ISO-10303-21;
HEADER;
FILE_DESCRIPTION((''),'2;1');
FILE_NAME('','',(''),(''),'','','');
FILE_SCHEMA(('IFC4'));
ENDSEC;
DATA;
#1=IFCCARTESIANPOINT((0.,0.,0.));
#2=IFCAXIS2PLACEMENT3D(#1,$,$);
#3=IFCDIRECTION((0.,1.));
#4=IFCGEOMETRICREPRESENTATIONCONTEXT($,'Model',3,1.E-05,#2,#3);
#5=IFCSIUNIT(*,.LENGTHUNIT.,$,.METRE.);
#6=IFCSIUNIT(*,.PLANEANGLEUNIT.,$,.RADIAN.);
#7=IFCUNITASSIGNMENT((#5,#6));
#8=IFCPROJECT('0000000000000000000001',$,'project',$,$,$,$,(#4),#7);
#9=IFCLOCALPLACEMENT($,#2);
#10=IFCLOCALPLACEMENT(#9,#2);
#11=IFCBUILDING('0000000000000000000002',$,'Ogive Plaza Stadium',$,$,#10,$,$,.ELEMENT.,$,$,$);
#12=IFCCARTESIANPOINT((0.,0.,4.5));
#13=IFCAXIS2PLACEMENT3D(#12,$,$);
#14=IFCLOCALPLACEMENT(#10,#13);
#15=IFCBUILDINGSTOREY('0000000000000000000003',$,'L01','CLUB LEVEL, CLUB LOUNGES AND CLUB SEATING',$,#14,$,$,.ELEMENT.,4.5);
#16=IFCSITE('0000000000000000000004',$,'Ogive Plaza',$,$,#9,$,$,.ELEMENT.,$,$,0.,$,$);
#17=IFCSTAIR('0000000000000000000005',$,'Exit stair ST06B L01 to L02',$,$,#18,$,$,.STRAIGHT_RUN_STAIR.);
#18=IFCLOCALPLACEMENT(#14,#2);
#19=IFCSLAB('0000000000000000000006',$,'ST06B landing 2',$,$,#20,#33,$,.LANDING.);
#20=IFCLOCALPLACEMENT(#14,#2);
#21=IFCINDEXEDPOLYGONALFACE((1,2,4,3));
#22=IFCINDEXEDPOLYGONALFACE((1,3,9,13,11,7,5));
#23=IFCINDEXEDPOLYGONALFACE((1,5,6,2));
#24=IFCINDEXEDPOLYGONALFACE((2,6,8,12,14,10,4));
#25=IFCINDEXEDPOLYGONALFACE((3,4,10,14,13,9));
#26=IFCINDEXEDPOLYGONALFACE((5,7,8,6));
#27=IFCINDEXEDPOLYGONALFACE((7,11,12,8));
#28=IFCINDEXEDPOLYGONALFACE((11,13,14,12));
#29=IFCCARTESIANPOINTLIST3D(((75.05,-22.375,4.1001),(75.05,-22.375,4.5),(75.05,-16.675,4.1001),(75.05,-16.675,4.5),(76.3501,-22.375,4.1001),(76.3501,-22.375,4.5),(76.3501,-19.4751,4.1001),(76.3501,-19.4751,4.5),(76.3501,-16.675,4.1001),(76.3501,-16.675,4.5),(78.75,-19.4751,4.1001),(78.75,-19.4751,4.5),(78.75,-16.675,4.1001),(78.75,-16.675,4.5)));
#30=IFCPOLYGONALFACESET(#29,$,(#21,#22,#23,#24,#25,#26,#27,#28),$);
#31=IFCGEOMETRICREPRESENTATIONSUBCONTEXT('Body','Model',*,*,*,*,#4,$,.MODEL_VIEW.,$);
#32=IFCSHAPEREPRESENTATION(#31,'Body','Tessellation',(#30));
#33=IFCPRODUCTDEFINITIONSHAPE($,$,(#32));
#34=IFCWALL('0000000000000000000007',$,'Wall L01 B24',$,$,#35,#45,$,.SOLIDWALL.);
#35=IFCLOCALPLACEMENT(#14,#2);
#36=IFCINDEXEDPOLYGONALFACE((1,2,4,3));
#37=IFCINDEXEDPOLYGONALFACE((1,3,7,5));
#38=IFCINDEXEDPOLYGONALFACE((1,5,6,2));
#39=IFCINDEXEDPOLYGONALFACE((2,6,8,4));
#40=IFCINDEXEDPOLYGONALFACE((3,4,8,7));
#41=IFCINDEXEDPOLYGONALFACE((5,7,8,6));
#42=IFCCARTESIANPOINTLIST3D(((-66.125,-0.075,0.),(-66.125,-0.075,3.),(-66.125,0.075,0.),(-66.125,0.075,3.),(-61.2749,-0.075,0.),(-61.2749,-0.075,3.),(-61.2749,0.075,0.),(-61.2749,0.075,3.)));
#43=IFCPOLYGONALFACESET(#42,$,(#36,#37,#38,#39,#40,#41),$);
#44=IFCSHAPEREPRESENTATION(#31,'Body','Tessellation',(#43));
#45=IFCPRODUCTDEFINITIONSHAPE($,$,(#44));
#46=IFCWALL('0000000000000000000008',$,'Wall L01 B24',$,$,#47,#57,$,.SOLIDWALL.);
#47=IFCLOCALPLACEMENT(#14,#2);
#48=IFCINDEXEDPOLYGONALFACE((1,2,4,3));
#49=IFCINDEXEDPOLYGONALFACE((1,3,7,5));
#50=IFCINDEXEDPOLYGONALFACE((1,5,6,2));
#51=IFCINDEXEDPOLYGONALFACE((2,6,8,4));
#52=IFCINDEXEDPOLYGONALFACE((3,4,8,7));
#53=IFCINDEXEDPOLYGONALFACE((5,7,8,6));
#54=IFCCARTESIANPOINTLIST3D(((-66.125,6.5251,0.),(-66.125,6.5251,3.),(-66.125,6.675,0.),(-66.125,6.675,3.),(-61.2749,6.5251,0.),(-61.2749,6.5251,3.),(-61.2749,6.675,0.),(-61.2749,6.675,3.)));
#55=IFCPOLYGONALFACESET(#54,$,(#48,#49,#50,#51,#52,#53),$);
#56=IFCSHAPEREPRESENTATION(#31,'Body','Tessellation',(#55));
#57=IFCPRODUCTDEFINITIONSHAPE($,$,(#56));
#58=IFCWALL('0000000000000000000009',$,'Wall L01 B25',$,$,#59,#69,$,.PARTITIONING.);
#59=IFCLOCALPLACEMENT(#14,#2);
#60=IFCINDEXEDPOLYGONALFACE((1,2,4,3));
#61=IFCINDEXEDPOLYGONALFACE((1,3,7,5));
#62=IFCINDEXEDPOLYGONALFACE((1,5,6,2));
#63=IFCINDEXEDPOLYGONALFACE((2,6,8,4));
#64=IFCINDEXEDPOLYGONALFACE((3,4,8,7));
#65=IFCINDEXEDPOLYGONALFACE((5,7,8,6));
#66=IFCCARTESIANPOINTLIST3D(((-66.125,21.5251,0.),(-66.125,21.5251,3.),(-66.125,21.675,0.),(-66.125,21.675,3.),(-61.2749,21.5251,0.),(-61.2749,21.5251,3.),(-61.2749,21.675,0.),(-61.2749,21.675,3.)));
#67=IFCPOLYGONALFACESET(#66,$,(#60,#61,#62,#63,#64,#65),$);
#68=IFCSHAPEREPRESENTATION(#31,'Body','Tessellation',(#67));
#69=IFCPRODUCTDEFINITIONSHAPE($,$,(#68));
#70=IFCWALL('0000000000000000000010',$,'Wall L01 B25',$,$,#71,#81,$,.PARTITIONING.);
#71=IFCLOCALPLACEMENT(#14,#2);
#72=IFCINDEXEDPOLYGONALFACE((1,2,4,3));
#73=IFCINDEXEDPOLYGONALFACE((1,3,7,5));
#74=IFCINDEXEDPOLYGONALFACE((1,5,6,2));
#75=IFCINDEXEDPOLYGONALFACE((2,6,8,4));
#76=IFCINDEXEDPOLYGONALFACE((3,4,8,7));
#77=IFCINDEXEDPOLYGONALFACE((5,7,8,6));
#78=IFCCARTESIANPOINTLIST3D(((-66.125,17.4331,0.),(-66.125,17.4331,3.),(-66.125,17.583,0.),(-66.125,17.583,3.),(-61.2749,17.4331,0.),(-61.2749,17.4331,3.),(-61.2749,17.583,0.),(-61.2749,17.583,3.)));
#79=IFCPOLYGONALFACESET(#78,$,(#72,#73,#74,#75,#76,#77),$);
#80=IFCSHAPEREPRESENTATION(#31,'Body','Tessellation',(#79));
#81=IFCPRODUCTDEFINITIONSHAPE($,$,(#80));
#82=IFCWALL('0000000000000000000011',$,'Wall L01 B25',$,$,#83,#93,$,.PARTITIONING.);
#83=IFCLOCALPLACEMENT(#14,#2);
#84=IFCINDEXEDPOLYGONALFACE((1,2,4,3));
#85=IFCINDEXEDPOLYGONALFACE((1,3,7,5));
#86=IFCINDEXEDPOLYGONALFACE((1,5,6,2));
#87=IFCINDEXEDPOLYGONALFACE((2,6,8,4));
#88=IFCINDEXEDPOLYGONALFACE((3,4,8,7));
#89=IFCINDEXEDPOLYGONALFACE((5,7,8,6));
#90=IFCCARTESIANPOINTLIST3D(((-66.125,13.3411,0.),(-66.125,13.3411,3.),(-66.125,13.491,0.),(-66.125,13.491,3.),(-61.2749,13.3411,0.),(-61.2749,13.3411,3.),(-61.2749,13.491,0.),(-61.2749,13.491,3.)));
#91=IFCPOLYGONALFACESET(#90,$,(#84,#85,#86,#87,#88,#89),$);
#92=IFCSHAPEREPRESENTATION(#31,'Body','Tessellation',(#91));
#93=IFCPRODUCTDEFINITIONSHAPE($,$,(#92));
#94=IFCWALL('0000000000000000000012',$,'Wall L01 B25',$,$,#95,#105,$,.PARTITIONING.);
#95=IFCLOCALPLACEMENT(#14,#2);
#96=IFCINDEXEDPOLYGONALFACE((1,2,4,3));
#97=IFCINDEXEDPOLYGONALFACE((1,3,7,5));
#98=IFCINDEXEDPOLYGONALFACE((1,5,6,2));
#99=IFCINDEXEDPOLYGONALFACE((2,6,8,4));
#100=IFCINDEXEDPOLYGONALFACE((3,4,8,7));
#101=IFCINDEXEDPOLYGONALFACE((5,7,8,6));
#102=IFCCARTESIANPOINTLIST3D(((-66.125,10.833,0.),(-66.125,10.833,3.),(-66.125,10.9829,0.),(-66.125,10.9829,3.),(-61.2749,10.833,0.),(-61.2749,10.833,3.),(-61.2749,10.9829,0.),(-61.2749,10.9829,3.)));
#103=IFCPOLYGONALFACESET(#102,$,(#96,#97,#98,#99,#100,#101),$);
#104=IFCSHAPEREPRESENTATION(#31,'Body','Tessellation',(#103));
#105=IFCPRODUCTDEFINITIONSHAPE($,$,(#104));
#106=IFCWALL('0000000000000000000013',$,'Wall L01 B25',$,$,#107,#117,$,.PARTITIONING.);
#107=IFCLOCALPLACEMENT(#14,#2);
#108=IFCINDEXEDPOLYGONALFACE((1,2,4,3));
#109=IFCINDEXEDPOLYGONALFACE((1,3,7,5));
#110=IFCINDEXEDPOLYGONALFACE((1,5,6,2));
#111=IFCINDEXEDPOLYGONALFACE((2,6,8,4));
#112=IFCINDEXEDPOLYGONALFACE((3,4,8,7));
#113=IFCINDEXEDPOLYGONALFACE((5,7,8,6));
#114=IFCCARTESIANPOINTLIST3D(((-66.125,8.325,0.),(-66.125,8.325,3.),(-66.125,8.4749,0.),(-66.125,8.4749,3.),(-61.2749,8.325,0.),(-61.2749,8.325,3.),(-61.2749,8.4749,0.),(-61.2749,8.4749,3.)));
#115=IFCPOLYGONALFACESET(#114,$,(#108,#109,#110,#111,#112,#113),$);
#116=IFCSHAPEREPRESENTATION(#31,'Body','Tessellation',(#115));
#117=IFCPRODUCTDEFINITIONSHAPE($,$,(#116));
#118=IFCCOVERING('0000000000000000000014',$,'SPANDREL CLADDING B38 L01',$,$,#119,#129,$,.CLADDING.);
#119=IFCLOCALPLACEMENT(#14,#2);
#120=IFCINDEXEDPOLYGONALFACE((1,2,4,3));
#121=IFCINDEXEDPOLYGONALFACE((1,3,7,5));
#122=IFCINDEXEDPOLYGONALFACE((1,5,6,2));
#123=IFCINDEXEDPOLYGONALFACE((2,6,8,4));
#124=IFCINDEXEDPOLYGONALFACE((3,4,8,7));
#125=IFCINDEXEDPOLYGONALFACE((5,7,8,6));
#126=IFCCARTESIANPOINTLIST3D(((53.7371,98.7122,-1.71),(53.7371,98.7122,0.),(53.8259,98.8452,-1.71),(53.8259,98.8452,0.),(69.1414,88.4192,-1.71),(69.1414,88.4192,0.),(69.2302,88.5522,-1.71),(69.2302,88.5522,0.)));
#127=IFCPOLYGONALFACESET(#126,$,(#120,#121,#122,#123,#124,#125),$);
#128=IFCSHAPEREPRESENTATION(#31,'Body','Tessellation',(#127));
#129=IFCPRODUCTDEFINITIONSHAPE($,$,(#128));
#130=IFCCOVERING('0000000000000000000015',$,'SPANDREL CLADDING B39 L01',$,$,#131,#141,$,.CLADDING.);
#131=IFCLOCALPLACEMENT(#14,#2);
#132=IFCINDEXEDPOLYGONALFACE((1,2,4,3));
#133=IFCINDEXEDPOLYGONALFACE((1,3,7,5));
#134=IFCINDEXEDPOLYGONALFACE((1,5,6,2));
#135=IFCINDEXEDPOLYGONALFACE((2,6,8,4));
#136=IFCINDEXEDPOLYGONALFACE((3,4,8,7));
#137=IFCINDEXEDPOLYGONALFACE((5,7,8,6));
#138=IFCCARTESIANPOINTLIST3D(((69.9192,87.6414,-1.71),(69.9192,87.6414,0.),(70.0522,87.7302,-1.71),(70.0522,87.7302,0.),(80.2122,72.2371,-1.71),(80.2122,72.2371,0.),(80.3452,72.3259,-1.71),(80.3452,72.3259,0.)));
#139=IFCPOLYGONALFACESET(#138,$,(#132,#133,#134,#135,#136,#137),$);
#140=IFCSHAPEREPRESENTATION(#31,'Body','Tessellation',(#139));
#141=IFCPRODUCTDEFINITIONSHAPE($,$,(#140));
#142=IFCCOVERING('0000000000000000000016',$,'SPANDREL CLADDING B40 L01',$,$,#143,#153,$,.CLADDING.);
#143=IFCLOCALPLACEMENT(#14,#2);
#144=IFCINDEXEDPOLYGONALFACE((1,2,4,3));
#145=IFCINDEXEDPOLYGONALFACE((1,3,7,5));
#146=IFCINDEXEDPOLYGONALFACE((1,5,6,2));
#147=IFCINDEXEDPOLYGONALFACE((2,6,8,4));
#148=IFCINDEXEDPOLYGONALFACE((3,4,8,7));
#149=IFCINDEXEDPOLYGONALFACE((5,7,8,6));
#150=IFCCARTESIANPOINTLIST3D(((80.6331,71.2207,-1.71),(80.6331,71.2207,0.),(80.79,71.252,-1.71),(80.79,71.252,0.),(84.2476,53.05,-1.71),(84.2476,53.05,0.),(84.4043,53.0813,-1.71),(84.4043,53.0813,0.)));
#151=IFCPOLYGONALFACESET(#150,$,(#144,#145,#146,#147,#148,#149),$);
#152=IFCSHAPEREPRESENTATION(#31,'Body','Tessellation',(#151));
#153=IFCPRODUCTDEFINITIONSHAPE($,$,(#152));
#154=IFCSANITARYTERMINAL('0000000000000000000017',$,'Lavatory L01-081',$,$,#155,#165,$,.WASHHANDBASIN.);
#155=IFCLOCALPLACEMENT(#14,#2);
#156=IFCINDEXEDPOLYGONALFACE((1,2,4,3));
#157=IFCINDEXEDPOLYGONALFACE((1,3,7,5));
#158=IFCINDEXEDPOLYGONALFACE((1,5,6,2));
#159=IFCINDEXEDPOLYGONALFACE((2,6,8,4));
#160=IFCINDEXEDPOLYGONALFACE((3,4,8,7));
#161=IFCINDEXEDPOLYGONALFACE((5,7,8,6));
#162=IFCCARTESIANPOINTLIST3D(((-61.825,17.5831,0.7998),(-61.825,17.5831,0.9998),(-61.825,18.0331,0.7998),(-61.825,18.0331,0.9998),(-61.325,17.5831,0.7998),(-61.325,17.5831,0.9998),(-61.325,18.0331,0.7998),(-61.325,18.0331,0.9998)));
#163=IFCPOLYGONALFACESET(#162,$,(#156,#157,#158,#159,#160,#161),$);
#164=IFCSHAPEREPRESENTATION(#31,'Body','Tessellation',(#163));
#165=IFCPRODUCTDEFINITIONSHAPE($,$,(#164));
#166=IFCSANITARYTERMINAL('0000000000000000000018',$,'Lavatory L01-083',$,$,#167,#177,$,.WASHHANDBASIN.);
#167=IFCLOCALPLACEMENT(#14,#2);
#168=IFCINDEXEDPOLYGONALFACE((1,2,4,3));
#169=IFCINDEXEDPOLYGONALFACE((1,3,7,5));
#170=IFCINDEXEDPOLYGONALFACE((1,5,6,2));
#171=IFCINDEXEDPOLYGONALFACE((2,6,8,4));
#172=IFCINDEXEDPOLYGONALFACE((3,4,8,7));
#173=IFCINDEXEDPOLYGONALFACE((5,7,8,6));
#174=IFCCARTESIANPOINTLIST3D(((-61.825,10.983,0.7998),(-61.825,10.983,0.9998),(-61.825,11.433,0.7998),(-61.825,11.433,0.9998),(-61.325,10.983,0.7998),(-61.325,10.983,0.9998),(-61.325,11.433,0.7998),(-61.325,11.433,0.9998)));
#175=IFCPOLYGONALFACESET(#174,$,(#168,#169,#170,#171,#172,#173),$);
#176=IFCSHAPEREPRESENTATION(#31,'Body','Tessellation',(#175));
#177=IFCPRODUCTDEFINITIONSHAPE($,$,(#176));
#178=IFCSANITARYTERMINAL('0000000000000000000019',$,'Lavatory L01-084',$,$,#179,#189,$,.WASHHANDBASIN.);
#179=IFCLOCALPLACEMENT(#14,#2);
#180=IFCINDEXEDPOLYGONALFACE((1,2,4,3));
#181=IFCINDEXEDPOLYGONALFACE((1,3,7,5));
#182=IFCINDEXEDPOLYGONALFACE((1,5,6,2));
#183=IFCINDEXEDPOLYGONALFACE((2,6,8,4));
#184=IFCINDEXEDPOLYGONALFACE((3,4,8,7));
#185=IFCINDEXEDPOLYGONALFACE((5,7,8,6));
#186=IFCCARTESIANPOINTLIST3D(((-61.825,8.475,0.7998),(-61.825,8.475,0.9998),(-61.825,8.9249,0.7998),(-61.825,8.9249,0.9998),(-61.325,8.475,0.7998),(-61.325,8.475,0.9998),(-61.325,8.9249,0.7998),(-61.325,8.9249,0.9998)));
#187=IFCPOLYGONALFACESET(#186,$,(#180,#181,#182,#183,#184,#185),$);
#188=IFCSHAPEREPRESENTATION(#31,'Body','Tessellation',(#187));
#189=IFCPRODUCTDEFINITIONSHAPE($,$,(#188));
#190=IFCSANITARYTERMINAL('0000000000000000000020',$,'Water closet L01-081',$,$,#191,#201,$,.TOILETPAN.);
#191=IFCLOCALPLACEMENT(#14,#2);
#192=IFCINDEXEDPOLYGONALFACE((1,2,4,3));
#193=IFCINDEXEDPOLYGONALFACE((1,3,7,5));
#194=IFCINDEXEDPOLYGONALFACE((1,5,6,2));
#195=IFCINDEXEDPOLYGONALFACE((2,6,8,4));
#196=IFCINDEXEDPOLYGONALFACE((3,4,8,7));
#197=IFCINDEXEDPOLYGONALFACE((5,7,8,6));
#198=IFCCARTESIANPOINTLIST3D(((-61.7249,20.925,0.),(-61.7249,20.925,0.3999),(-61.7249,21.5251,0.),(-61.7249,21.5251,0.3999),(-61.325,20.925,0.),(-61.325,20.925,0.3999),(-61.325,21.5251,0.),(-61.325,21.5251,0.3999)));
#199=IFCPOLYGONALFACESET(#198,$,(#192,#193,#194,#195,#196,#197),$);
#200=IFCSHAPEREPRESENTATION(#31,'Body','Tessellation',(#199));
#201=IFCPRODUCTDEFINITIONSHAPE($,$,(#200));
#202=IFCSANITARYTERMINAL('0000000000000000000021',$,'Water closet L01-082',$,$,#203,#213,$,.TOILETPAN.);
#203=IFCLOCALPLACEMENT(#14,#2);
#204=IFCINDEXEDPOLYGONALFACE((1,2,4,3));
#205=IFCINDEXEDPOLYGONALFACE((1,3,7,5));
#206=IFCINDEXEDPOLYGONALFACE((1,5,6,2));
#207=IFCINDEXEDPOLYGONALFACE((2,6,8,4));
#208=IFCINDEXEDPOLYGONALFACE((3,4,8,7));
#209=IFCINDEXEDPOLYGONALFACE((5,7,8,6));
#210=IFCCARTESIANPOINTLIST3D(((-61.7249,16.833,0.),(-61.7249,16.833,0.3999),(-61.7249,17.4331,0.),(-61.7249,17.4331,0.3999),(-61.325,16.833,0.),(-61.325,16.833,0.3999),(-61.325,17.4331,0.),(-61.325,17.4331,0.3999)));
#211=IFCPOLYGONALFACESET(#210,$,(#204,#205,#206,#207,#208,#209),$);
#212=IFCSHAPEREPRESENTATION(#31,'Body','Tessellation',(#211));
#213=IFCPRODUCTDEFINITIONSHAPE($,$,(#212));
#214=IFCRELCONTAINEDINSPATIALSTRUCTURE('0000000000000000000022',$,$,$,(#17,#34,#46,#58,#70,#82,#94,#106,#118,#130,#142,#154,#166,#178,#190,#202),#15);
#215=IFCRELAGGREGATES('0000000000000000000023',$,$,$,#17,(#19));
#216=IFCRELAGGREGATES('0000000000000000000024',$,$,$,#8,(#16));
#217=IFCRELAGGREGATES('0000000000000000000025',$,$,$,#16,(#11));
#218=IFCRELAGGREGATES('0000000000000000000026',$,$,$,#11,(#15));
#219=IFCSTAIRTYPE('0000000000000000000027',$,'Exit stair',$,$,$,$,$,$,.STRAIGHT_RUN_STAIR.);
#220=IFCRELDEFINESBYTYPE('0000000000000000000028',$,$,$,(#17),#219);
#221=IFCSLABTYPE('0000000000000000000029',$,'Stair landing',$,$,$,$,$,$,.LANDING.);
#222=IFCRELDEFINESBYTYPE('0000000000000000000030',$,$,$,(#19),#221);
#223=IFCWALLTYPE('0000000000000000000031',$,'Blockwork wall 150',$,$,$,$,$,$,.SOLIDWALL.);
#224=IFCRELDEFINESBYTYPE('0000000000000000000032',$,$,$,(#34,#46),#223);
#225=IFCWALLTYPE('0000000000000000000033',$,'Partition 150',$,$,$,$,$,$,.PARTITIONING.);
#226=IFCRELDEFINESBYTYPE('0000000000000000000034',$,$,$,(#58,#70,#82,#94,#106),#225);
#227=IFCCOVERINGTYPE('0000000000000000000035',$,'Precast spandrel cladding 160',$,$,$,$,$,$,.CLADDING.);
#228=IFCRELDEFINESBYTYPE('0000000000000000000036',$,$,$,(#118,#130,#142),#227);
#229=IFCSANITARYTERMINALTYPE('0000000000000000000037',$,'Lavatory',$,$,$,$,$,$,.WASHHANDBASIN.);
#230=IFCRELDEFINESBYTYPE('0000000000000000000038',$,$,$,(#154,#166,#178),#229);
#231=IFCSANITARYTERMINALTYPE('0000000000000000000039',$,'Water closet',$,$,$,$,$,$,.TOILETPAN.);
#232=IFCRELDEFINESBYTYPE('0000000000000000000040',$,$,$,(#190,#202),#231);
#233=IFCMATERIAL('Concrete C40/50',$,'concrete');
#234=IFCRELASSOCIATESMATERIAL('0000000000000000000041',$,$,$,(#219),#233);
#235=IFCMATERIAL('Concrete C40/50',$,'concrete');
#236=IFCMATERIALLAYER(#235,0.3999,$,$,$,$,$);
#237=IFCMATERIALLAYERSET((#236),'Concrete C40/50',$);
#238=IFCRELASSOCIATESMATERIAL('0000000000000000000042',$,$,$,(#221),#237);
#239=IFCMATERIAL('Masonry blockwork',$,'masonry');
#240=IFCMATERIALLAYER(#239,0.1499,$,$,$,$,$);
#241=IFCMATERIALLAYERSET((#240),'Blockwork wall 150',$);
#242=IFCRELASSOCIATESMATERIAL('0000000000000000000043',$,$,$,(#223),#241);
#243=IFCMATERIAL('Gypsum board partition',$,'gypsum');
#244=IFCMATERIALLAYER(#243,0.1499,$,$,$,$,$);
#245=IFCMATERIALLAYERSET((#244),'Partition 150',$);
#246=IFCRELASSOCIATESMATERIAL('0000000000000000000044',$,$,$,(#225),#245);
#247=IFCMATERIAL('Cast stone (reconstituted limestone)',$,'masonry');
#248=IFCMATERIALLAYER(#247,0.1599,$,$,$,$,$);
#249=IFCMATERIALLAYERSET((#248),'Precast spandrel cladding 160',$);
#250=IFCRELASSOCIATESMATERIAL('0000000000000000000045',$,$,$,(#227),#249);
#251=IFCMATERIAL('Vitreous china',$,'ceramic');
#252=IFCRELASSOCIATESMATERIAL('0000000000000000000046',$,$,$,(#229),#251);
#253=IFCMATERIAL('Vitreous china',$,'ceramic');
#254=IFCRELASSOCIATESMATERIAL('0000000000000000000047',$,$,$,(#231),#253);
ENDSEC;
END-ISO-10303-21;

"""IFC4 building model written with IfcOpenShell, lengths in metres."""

from ifc_helpers import new_model, si_unit, direction, frame, frame_2d, origin, origin_2d, place, context, subcontext, project, spatial, polyline, rectangle, outline, extrude, material, layer, layer_set, type_object, element, aggregate, save


model = new_model("IFC4")

# Units and contexts
model_context = context("Model", 3, precision=1e-05, world=origin(), true_north=direction((0.0, 1.0)))
body_context = subcontext(model_context, "Body", "Model", "MODEL_VIEW")
ifc_project = project(units=[si_unit("LENGTHUNIT", "METRE"), si_unit("PLANEANGLEUNIT", "RADIAN")], contexts=[model_context])

# Site, building, storey
site_placement = place(None, origin())
site = spatial("IfcSite", under=ifc_project, at=site_placement, Name="Ogive Plaza", CompositionType="ELEMENT", RefElevation=0.0)
building_placement = place(site_placement, origin())
building = spatial("IfcBuilding", under=site, at=building_placement, Name="Ogive Plaza Stadium", CompositionType="ELEMENT")
storey_placement = place(building_placement, frame((0.0, 0.0, 4.5)))
storey = spatial("IfcBuildingStorey", under=building, at=storey_placement, Name="L01", Description="CLUB LEVEL, CLUB LOUNGES AND CLUB SEATING", CompositionType="ELEMENT", Elevation=4.5)

# Stair, slab
ifc_material_1 = material(Name="Concrete C40/50", Category="concrete")
stair_type = type_object("IfcStairType", Name="Exit stair", PredefinedType="STRAIGHT_RUN_STAIR", material=ifc_material_1)
ifc_material_2 = material(Name="Concrete C40/50", Category="concrete")
ifc_layer_1 = layer(ifc_material_2, 0.3999)
ifc_layer_set_1 = layer_set([ifc_layer_1], Name="Concrete C40/50")
slab_type = type_object("IfcSlabType", Name="Stair landing", PredefinedType="LANDING", material=ifc_layer_set_1)
stair_1_placement = place(storey_placement, origin())
stair_1 = element("IfcStair", 1, at=stair_1_placement, inside=storey, type_object=stair_type, Name="Exit stair ST06B L01 to L02", PredefinedType="STRAIGHT_RUN_STAIR")
slab_1_placement = place(storey_placement, frame((0.0, 0.0, 4.1001)))
slab_1 = element("IfcSlab", 2, at=slab_1_placement, type_object=slab_type, Name="ST06B landing 2", PredefinedType="LANDING", context=body_context, shape_type="SweptSolid", body=[
    extrude(outline(polyline([(76.3501, -22.375), (75.05, -22.375), (75.05, -16.675), (76.3501, -16.675), (78.75, -16.675), (78.75, -19.4751), (76.3501, -19.4751), (76.3501, -22.375)])), origin(), (0.0, 0.0, 1.0), 0.3999),
])
aggregate(stair_1, [slab_1])

# Walls
ifc_material_3 = material(Name="Masonry blockwork", Category="masonry")
ifc_layer_2 = layer(ifc_material_3, 0.1499)
ifc_layer_set_2 = layer_set([ifc_layer_2], Name="Blockwork wall 150")
wall_type_1 = type_object("IfcWallType", Name="Blockwork wall 150", PredefinedType="SOLIDWALL", material=ifc_layer_set_2)
for number, where, z_axis, x_axis, name in (
    (3, (-61.2749, 0.0, 0.0), (0.0, 0.0, 1.0), (-1.0, 0.0, 0.0), "Wall L01 B24"),
    (4, (-61.2749, 6.6001, 0.0), (0.0, 0.0, 1.0), (-1.0, 0.0, 0.0), "Wall L01 B24"),
):
    element("IfcWall", number, at=place(storey_placement, frame(where, z_axis=z_axis, x_axis=x_axis)), inside=storey, type_object=wall_type_1, Name=name, PredefinedType="SOLIDWALL", context=body_context, shape_type="SweptSolid", body=[
        extrude(rectangle(XDim=4.8501, YDim=0.1499, at=frame_2d((2.425, 0.0))), origin(), (0.0, 0.0, 1.0), 3.0),
    ])
ifc_material_4 = material(Name="Gypsum board partition", Category="gypsum")
ifc_layer_3 = layer(ifc_material_4, 0.1499)
ifc_layer_set_3 = layer_set([ifc_layer_3], Name="Partition 150")
wall_type_2 = type_object("IfcWallType", Name="Partition 150", PredefinedType="PARTITIONING", material=ifc_layer_set_3)
for number, where, z_axis, x_axis, name in (
    (5, (-61.2749, 21.6001, 0.0), (0.0, 0.0, 1.0), (-1.0, 0.0, 0.0), "Wall L01 B25"),
    (6, (-61.2749, 17.5081, 0.0), (0.0, 0.0, 1.0), (-1.0, 0.0, 0.0), "Wall L01 B25"),
    (7, (-61.2749, 13.416, 0.0), (0.0, 0.0, 1.0), (-1.0, 0.0, 0.0), "Wall L01 B25"),
    (8, (-61.2749, 10.908, 0.0), (0.0, 0.0, 1.0), (-1.0, 0.0, 0.0), "Wall L01 B25"),
    (9, (-61.2749, 8.3999, 0.0), (0.0, 0.0, 1.0), (-1.0, 0.0, 0.0), "Wall L01 B25"),
):
    element("IfcWall", number, at=place(storey_placement, frame(where, z_axis=z_axis, x_axis=x_axis)), inside=storey, type_object=wall_type_2, Name=name, PredefinedType="PARTITIONING", context=body_context, shape_type="SweptSolid", body=[
        extrude(rectangle(XDim=4.8501, YDim=0.1499, at=frame_2d((2.425, 0.0))), origin(), (0.0, 0.0, 1.0), 3.0),
    ])

# Coverings
ifc_material_5 = material(Name="Cast stone (reconstituted limestone)", Category="masonry")
ifc_layer_4 = layer(ifc_material_5, 0.1599)
ifc_layer_set_4 = layer_set([ifc_layer_4], Name="Precast spandrel cladding 160")
covering_type = type_object("IfcCoveringType", Name="Precast spandrel cladding 160", PredefinedType="CLADDING", material=ifc_layer_set_4)
covering_1_placement = place(storey_placement, frame((0.0, 0.0, -1.71)))
element("IfcCovering", 10, at=covering_1_placement, inside=storey, type_object=covering_type, Name="SPANDREL CLADDING B38 L01", PredefinedType="CLADDING", context=body_context, shape_type="SweptSolid", body=[
    extrude(outline(polyline([(53.7371, 98.7122), (69.1414, 88.4192), (69.2302, 88.5522), (53.8259, 98.8452), (53.7371, 98.7122)])), origin(), (0.0, 0.0, 1.0), 1.71),
])
covering_2_placement = place(storey_placement, frame((0.0, 0.0, -1.71)))
element("IfcCovering", 11, at=covering_2_placement, inside=storey, type_object=covering_type, Name="SPANDREL CLADDING B39 L01", PredefinedType="CLADDING", context=body_context, shape_type="SweptSolid", body=[
    extrude(outline(polyline([(69.9192, 87.6414), (80.2122, 72.2371), (80.3452, 72.3259), (70.0522, 87.7302), (69.9192, 87.6414)])), origin(), (0.0, 0.0, 1.0), 1.71),
])
covering_3_placement = place(storey_placement, frame((0.0, 0.0, -1.71)))
element("IfcCovering", 12, at=covering_3_placement, inside=storey, type_object=covering_type, Name="SPANDREL CLADDING B40 L01", PredefinedType="CLADDING", context=body_context, shape_type="SweptSolid", body=[
    extrude(outline(polyline([(80.6331, 71.2207), (84.2476, 53.05), (84.4043, 53.0813), (80.79, 71.252), (80.6331, 71.2207)])), origin(), (0.0, 0.0, 1.0), 1.71),
])

# Sanitary terminals
ifc_material_6 = material(Name="Vitreous china", Category="ceramic")
sanitary_terminal_type_1 = type_object("IfcSanitaryTerminalType", Name="Lavatory", PredefinedType="WASHHANDBASIN", material=ifc_material_6)
for number, where, z_axis, x_axis, name in (
    (13, (-61.575, 17.8081, 0.7998), (0.0, 0.0, 1.0), (-1.0, 0.0, 0.0), "Lavatory L01-081"),
    (14, (-61.575, 11.208, 0.7998), (0.0, 0.0, 1.0), (-1.0, 0.0, 0.0), "Lavatory L01-083"),
    (15, (-61.575, 8.7, 0.7998), (0.0, 0.0, 1.0), (-1.0, 0.0, 0.0), "Lavatory L01-084"),
):
    element("IfcSanitaryTerminal", number, at=place(storey_placement, frame(where, z_axis=z_axis, x_axis=x_axis)), inside=storey, type_object=sanitary_terminal_type_1, Name=name, PredefinedType="WASHHANDBASIN", context=body_context, shape_type="SweptSolid", body=[
        extrude(rectangle(XDim=0.5, YDim=0.45, at=origin_2d()), origin(), (0.0, 0.0, 1.0), 0.2),
    ])
ifc_material_7 = material(Name="Vitreous china", Category="ceramic")
sanitary_terminal_type_2 = type_object("IfcSanitaryTerminalType", Name="Water closet", PredefinedType="TOILETPAN", material=ifc_material_7)
for number, where, z_axis, x_axis, name in (
    (16, (-61.5249, 21.2251, 0.0), (0.0, 0.0, 1.0), (-1.0, 0.0, 0.0), "Water closet L01-081"),
    (17, (-61.5249, 17.1331, 0.0), (0.0, 0.0, 1.0), (-1.0, 0.0, 0.0), "Water closet L01-082"),
):
    element("IfcSanitaryTerminal", number, at=place(storey_placement, frame(where, z_axis=z_axis, x_axis=x_axis)), inside=storey, type_object=sanitary_terminal_type_2, Name=name, PredefinedType="TOILETPAN", context=body_context, shape_type="SweptSolid", body=[
        extrude(rectangle(XDim=0.3999, YDim=0.6001, at=origin_2d()), origin(), (0.0, 0.0, 1.0), 0.3999),
    ])

save(model, "model.ifc")
